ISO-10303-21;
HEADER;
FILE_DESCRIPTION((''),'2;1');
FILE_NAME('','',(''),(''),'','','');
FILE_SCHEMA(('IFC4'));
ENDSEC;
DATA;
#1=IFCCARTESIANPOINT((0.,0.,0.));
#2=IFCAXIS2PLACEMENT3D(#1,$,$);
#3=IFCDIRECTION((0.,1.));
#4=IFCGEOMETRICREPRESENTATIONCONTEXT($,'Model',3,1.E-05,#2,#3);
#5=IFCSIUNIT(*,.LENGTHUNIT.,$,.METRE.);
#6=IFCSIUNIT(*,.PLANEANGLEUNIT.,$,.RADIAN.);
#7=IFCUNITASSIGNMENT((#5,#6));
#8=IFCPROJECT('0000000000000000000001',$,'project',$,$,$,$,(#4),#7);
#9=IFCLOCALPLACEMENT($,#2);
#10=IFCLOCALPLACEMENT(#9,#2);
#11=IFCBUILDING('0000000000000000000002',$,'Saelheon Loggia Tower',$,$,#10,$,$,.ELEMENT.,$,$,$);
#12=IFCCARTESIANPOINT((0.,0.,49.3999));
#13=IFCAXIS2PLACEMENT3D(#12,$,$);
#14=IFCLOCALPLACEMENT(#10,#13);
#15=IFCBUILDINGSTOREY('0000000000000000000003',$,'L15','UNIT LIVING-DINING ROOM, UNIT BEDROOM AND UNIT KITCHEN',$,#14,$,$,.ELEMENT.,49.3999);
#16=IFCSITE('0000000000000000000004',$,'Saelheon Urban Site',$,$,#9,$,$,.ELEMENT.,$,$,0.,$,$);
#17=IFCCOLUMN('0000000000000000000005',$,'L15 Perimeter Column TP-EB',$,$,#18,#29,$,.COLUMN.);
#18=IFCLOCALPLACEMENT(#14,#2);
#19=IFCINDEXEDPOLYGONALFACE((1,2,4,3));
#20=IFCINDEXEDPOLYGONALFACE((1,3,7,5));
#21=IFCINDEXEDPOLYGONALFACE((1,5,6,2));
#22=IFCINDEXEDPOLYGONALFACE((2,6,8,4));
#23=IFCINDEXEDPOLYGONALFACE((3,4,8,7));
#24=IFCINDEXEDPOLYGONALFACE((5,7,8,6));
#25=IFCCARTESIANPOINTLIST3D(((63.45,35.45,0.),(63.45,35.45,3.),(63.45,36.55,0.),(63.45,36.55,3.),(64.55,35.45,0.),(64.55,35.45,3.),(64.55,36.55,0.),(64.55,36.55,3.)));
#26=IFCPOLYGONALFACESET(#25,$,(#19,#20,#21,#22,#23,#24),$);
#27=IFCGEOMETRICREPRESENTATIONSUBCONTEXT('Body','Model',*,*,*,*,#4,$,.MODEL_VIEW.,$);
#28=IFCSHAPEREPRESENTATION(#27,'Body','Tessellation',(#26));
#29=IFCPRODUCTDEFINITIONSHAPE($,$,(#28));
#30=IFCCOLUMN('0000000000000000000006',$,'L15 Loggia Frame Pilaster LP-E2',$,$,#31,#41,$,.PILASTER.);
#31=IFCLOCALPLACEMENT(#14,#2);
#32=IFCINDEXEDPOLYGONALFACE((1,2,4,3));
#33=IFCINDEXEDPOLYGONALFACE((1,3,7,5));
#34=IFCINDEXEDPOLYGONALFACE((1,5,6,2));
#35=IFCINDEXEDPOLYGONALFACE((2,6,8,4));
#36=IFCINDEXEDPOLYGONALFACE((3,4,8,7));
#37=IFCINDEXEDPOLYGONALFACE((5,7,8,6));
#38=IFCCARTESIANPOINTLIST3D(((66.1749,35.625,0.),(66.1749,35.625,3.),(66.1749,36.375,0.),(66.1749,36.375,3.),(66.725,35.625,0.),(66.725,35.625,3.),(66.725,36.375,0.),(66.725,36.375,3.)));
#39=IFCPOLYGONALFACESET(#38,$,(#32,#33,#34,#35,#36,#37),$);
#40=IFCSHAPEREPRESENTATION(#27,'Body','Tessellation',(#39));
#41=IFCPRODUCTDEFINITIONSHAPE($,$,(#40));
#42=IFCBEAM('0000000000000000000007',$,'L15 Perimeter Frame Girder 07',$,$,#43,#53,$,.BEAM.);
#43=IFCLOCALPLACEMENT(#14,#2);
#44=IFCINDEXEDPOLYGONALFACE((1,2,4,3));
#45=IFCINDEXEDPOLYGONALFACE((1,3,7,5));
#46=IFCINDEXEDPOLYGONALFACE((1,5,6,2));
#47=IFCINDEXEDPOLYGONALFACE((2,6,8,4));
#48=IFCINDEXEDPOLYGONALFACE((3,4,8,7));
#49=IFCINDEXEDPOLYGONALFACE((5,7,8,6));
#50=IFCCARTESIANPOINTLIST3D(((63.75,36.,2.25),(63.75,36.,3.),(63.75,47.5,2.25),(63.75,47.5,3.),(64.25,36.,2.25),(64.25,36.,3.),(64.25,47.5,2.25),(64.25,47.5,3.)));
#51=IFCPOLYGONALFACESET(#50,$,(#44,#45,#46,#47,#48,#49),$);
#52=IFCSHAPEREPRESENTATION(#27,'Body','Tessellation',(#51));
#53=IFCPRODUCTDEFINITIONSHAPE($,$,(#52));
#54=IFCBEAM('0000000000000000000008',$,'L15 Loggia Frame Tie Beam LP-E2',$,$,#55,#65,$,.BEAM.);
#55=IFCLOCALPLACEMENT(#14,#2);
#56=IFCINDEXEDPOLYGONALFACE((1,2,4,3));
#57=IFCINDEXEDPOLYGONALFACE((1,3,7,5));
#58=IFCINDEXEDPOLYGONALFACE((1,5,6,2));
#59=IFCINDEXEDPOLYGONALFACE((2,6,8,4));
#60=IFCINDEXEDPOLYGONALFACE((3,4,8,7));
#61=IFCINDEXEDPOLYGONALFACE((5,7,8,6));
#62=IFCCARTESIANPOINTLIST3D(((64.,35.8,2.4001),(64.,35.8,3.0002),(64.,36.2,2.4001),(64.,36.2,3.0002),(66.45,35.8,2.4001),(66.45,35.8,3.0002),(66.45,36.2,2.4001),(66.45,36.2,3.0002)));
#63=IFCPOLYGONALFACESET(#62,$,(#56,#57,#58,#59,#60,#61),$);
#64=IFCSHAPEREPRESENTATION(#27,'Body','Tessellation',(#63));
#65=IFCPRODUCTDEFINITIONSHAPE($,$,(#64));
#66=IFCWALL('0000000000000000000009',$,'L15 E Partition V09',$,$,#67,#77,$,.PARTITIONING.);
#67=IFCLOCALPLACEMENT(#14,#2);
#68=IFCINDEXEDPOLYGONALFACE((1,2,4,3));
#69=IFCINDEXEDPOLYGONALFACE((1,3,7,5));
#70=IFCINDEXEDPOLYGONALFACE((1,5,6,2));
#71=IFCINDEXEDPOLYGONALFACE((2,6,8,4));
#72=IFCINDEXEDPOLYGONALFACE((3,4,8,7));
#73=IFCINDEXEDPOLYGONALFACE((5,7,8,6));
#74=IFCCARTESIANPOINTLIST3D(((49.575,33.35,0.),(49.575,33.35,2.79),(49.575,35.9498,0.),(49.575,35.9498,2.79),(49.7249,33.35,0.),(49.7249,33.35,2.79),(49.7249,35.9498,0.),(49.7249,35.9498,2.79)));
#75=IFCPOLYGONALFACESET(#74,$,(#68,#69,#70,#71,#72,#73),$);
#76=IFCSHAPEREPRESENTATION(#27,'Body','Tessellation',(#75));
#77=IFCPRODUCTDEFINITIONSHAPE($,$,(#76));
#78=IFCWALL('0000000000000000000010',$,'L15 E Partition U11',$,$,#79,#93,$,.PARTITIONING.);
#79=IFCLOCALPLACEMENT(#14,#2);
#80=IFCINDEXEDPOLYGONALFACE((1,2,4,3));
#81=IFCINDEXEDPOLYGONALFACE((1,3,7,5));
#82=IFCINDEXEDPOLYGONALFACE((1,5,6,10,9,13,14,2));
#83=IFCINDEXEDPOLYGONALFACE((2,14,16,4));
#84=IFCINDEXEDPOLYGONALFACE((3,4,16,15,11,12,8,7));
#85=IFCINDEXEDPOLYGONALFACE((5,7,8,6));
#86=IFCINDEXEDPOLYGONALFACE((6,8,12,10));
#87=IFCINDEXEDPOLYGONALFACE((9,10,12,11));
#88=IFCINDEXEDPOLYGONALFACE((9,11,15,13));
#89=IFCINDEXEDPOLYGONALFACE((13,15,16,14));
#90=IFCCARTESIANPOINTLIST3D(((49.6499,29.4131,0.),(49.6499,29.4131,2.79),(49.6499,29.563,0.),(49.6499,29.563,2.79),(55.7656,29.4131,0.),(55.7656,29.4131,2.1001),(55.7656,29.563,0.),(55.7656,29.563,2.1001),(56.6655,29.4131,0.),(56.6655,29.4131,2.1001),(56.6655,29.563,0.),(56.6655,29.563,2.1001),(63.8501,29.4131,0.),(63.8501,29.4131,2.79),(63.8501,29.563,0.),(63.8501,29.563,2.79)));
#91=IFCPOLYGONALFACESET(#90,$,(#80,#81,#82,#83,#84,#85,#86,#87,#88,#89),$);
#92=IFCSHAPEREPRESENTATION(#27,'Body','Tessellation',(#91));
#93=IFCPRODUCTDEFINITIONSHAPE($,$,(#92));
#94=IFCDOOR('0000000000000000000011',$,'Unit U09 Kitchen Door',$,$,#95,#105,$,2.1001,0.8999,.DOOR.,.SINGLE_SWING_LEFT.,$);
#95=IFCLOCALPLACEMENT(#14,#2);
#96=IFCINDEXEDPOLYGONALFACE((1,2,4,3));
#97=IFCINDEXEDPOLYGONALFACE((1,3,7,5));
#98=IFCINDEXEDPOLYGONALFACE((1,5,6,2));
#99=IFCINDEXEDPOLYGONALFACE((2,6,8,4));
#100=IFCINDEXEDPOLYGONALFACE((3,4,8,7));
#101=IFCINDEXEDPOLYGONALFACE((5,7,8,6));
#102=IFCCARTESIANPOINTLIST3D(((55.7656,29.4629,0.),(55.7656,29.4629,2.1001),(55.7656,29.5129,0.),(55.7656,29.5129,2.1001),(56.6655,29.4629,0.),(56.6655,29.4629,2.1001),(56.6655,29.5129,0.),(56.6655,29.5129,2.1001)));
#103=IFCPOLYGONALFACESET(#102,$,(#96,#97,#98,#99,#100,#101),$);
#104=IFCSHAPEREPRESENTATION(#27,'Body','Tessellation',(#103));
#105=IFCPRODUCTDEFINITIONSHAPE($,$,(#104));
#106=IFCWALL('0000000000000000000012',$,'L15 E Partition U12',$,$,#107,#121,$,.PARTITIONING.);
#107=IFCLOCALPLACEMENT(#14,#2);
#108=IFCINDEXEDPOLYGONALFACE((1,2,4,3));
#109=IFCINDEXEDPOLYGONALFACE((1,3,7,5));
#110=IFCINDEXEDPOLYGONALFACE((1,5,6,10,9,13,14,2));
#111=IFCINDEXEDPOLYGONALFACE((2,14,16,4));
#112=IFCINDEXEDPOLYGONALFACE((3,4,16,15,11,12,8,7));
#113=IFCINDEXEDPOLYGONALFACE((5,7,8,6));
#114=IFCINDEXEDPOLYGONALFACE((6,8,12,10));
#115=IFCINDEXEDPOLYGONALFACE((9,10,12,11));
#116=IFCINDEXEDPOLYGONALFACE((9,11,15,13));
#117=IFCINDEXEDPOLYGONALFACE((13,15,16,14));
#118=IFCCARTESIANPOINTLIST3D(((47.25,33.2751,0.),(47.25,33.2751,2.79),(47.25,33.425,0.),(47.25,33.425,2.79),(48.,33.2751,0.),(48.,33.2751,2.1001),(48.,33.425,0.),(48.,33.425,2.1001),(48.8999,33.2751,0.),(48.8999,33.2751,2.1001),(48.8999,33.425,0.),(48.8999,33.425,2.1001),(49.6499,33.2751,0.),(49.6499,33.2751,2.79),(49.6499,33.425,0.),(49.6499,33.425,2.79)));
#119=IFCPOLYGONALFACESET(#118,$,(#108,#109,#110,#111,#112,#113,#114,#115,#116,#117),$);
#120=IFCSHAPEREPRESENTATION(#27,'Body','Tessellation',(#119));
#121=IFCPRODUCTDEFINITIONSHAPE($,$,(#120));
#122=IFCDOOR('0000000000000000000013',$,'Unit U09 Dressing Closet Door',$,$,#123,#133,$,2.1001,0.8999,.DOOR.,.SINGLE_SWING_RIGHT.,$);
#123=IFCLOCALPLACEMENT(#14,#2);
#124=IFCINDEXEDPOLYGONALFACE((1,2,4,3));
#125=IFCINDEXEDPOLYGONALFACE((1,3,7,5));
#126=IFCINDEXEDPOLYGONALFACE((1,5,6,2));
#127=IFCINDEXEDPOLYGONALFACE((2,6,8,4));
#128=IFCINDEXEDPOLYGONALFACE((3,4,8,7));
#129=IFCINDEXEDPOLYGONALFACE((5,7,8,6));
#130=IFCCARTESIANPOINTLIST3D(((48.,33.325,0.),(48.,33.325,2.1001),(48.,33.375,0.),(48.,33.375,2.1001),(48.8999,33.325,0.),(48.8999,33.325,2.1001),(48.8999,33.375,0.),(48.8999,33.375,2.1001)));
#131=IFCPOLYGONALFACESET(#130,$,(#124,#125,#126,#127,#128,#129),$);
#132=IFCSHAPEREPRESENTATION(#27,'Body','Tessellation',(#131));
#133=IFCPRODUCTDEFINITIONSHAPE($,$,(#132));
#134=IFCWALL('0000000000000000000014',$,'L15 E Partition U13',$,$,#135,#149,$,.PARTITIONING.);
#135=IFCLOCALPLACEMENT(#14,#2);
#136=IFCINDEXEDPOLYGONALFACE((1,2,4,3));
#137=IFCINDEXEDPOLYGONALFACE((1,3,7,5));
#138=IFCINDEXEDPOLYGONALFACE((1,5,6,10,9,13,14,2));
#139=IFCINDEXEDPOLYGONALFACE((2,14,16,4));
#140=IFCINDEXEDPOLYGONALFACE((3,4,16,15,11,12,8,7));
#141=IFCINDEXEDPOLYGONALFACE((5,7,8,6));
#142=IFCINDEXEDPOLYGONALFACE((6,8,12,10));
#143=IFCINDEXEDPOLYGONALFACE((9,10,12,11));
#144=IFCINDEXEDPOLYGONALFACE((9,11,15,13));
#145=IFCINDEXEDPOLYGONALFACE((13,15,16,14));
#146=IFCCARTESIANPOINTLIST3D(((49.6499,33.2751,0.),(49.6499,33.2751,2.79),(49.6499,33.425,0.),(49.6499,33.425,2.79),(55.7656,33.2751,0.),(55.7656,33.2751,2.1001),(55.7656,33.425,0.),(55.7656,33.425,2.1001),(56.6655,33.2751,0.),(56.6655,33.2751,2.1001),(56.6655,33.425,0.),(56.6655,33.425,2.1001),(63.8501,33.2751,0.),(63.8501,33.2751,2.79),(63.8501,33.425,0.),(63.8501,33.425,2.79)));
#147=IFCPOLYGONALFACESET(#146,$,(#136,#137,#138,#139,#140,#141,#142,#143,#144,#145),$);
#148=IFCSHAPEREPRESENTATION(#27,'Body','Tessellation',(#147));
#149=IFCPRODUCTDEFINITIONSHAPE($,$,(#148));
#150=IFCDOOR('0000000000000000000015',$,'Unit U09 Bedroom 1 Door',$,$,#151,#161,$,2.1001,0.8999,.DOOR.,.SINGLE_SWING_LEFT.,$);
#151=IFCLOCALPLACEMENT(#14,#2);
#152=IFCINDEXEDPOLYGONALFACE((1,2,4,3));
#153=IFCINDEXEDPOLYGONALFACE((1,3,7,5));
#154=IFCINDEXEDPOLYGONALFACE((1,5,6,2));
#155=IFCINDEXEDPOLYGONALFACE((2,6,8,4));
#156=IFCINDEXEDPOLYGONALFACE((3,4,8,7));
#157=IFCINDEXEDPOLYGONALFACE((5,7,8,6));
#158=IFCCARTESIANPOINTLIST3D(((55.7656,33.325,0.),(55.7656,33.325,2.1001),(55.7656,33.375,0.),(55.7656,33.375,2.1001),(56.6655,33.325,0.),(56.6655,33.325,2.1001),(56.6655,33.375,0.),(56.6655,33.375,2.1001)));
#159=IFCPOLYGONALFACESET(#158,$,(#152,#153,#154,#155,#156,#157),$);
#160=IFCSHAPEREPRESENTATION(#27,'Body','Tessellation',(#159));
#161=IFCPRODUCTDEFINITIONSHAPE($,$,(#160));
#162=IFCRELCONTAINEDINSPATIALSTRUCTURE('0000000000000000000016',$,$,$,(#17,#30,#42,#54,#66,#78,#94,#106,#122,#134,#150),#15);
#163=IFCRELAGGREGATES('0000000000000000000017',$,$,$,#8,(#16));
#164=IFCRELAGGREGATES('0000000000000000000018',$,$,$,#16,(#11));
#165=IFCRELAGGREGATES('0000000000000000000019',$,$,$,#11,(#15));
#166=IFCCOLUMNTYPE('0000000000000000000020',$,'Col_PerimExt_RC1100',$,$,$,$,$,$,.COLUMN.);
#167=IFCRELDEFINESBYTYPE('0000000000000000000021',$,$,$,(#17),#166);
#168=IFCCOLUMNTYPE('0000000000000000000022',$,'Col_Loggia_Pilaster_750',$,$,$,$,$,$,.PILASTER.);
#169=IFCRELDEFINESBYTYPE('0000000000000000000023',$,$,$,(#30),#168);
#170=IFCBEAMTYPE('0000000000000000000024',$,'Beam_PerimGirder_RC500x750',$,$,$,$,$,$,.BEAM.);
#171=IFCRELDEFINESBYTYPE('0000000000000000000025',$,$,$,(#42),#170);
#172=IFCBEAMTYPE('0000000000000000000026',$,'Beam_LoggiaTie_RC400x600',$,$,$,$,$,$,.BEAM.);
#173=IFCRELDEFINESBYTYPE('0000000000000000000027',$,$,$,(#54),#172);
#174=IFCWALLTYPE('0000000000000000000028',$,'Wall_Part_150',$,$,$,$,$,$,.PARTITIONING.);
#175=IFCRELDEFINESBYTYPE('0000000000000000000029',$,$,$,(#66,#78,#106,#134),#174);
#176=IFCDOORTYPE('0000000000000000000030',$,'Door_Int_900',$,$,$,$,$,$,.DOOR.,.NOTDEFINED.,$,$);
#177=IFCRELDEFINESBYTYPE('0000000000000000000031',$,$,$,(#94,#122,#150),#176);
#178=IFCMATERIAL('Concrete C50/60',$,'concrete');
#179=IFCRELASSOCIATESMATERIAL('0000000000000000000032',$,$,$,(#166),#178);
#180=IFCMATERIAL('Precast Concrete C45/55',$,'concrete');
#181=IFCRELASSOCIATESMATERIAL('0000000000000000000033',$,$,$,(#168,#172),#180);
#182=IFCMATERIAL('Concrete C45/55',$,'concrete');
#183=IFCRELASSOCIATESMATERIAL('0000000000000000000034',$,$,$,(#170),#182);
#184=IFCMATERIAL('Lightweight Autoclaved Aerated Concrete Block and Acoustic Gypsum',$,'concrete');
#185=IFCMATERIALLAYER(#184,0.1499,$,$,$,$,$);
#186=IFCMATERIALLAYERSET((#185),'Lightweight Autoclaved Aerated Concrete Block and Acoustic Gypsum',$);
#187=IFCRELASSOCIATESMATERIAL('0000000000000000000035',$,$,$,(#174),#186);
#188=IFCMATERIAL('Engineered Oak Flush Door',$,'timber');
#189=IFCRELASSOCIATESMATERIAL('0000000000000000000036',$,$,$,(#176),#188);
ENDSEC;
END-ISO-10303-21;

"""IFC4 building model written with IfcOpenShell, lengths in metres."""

from ifc_helpers import new_model, si_unit, direction, frame, frame_2d, origin, origin_2d, place, context, subcontext, project, spatial, rectangle, extrude, source, transform, mapped, material, layer, layer_set, material_profile, profile_set, type_object, element, fill, save


model = new_model("IFC4")

# Units and contexts
model_context = context("Model", 3, precision=1e-05, world=origin(), true_north=direction((0.0, 1.0)))
body_context = subcontext(model_context, "Body", "Model", "MODEL_VIEW")
ifc_project = project(units=[si_unit("LENGTHUNIT", "METRE"), si_unit("PLANEANGLEUNIT", "RADIAN")], contexts=[model_context])

# Site, building, storey
site_placement = place(None, origin())
site = spatial("IfcSite", under=ifc_project, at=site_placement, Name="Saelheon Urban Site", CompositionType="ELEMENT", RefElevation=0.0)
building_placement = place(site_placement, origin())
building = spatial("IfcBuilding", under=site, at=building_placement, Name="Saelheon Loggia Tower", CompositionType="ELEMENT")
storey_placement = place(building_placement, frame((0.0, 0.0, 49.3999)))
storey = spatial("IfcBuildingStorey", under=building, at=storey_placement, Name="L15", Description="UNIT LIVING-DINING ROOM, UNIT BEDROOM AND UNIT KITCHEN", CompositionType="ELEMENT", Elevation=49.3999)

# Columns
ifc_material_1 = material(Name="Concrete C50/60", Category="concrete")
ifc_material_profile_1 = material_profile(ifc_material_1, rectangle(XDim=1.1001, YDim=1.1001, at=origin_2d()), Name="RC-1100x1100")
ifc_profile_set_1 = profile_set([ifc_material_profile_1], Name="Concrete C50/60")
column_type_1 = type_object("IfcColumnType", Name="Col_PerimExt_RC1100", PredefinedType="COLUMN", material=ifc_profile_set_1)
shared_shape_1 = source(origin(), body_context, "Body", "SweptSolid", [
    extrude(rectangle(XDim=1.1001, YDim=1.1001, at=origin_2d()), origin(), (0.0, 0.0, 1.0), 3.0),
])
column_1_placement = place(storey_placement, frame((64.0, 36.0, 0.0), z_axis=(0.0, 0.0, 1.0), x_axis=(1.0, 0.0, 0.0)))
element("IfcColumn", 1, at=column_1_placement, inside=storey, type_object=column_type_1, Name="L15 Perimeter Column TP-EB", PredefinedType="COLUMN", context=body_context, shape_type="MappedRepresentation", body=[
    mapped(shared_shape_1, transform((0.0, 0.0, 0.0), scale=1.0)),
])
ifc_material_2 = material(Name="Precast Concrete C45/55", Category="concrete")
ifc_material_profile_2 = material_profile(ifc_material_2, rectangle(XDim=0.55, YDim=0.75, at=origin_2d()), Name="RC-550x750")
ifc_profile_set_2 = profile_set([ifc_material_profile_2], Name="Precast Concrete C45/55")
column_type_2 = type_object("IfcColumnType", Name="Col_Loggia_Pilaster_750", PredefinedType="PILASTER", material=ifc_profile_set_2)
shared_shape_2 = source(origin(), body_context, "Body", "SweptSolid", [
    extrude(rectangle(XDim=0.55, YDim=0.75, at=origin_2d()), origin(), (0.0, 0.0, 1.0), 3.0),
])
column_2_placement = place(storey_placement, frame((66.45, 36.0, 0.0), z_axis=(0.0, 0.0, 1.0), x_axis=(1.0, 0.0, 0.0)))
element("IfcColumn", 2, at=column_2_placement, inside=storey, type_object=column_type_2, Name="L15 Loggia Frame Pilaster LP-E2", PredefinedType="PILASTER", context=body_context, shape_type="MappedRepresentation", body=[
    mapped(shared_shape_2, transform((0.0, 0.0, 0.0), scale=1.0)),
])

# Beams
ifc_material_3 = material(Name="Concrete C45/55", Category="concrete")
ifc_material_profile_3 = material_profile(ifc_material_3, rectangle(XDim=0.5, YDim=0.75, at=origin_2d()), Name="RC-500x750")
ifc_profile_set_3 = profile_set([ifc_material_profile_3], Name="Concrete C45/55")
beam_type_1 = type_object("IfcBeamType", Name="Beam_PerimGirder_RC500x750", PredefinedType="BEAM", material=ifc_profile_set_3)
shared_shape_3 = source(origin(), body_context, "Body", "SweptSolid", [
    extrude(rectangle(XDim=0.5, YDim=0.75, at=origin_2d()), origin(), (0.0, 0.0, 1.0), 11.5),
])
beam_1_placement = place(storey_placement, frame((64.0, 36.0, 2.625), z_axis=(0.0, 1.0, 0.0), x_axis=(-1.0, 0.0, 0.0)))
element("IfcBeam", 3, at=beam_1_placement, inside=storey, type_object=beam_type_1, Name="L15 Perimeter Frame Girder 07", PredefinedType="BEAM", context=body_context, shape_type="MappedRepresentation", body=[
    mapped(shared_shape_3, transform((0.0, 0.0, 0.0), scale=1.0)),
])
ifc_material_profile_4 = material_profile(ifc_material_2, rectangle(XDim=0.3999, YDim=0.6001, at=origin_2d()), Name="RC-400x600")
ifc_profile_set_4 = profile_set([ifc_material_profile_4], Name="Precast Concrete C45/55")
beam_type_2 = type_object("IfcBeamType", Name="Beam_LoggiaTie_RC400x600", PredefinedType="BEAM", material=ifc_profile_set_4)
shared_shape_4 = source(origin(), body_context, "Body", "SweptSolid", [
    extrude(rectangle(XDim=0.3999, YDim=0.6001, at=origin_2d()), origin(), (0.0, 0.0, 1.0), 2.45),
])
beam_2_placement = place(storey_placement, frame((64.0, 36.0, 2.7002), z_axis=(1.0, 0.0, 0.0), x_axis=(0.0, 1.0, 0.0)))
element("IfcBeam", 4, at=beam_2_placement, inside=storey, type_object=beam_type_2, Name="L15 Loggia Frame Tie Beam LP-E2", PredefinedType="BEAM", context=body_context, shape_type="MappedRepresentation", body=[
    mapped(shared_shape_4, transform((0.0, 0.0, 0.0), scale=1.0)),
])

# Wall
ifc_material_4 = material(Name="Lightweight Autoclaved Aerated Concrete Block and Acoustic Gypsum", Category="concrete")
ifc_layer_1 = layer(ifc_material_4, 0.1499)
ifc_layer_set_1 = layer_set([ifc_layer_1], Name="Lightweight Autoclaved Aerated Concrete Block and Acoustic Gypsum")
wall_type_1 = type_object("IfcWallType", Name="Wall_Part_150", PredefinedType="PARTITIONING", material=ifc_layer_set_1)
wall_1_placement = place(storey_placement, frame((49.6499, 33.3501, 0.0), z_axis=(0.0, 0.0, 1.0), x_axis=(0.0, 1.0, 0.0)))
element("IfcWall", 5, at=wall_1_placement, inside=storey, type_object=wall_type_1, Name="L15 E Partition V09", PredefinedType="PARTITIONING", context=body_context, shape_type="SweptSolid", body=[
    extrude(rectangle(XDim=2.5999, YDim=0.1499, at=frame_2d((1.2998, 0.0))), origin(), (0.0, 0.0, 1.0), 2.79),
])

# Walls, openings, doors
wall_2_placement = place(storey_placement, frame((49.6499, 29.488, 0.0), z_axis=(0.0, 0.0, 1.0), x_axis=(1.0, 0.0, 0.0)))
wall_2 = element("IfcWall", 6, at=wall_2_placement, inside=storey, type_object=wall_type_1, Name="L15 E Partition U11", PredefinedType="PARTITIONING", context=body_context, shape_type="SweptSolid", body=[
    extrude(rectangle(XDim=14.2002, YDim=0.1499, at=frame_2d((7.1001, 0.0))), origin(), (0.0, 0.0, 1.0), 2.79),
])
opening_1_placement = place(wall_2_placement, frame((6.1157, 0.0, 0.0)))
opening_1 = element("IfcOpeningElement", 7, at=opening_1_placement, cuts=wall_2, PredefinedType="OPENING", context=body_context, shape_type="SweptSolid", body=[
    extrude(rectangle(XDim=0.8999, YDim=2.1001, at=frame_2d((0.45, 1.05))), frame((0.0, 0.0869, 0.0), z_axis=(0.0, -1.0, 0.0), x_axis=(1.0, 0.0, 0.0)), (0.0, 0.0, 1.0), 0.1738),
])
ifc_material_5 = material(Name="Engineered Oak Flush Door", Category="timber")
door_type_1 = type_object("IfcDoorType", Name="Door_Int_900", OperationType="NOTDEFINED", PredefinedType="DOOR", material=ifc_material_5)
shared_shape_5 = source(origin(), body_context, "Body", "SweptSolid", [
    extrude(rectangle(XDim=0.8999, YDim=2.1001, at=frame_2d((0.45, 1.05))), frame((0.0, 0.0249, 0.0), z_axis=(0.0, -1.0, 0.0), x_axis=(1.0, 0.0, 0.0)), (0.0, 0.0, 1.0), 0.05),
])
door_1_placement = place(opening_1_placement, origin())
door_1 = element("IfcDoor", 8, at=door_1_placement, inside=storey, type_object=door_type_1, Name="Unit U09 Kitchen Door", OperationType="SINGLE_SWING_LEFT", OverallHeight=2.1001, OverallWidth=0.8999, PredefinedType="DOOR", context=body_context, shape_type="MappedRepresentation", body=[
    mapped(shared_shape_5, transform((0.0, 0.0, 0.0), scale=1.0)),
])
fill(opening_1, door_1)
wall_3_placement = place(storey_placement, frame((47.25, 33.3501, 0.0), z_axis=(0.0, 0.0, 1.0), x_axis=(1.0, 0.0, 0.0)))
wall_3 = element("IfcWall", 9, at=wall_3_placement, inside=storey, type_object=wall_type_1, Name="L15 E Partition U12", PredefinedType="PARTITIONING", context=body_context, shape_type="SweptSolid", body=[
    extrude(rectangle(XDim=2.3999, YDim=0.1499, at=frame_2d((1.2, 0.0))), origin(), (0.0, 0.0, 1.0), 2.79),
])
opening_2_placement = place(wall_3_placement, frame((0.75, 0.0, 0.0)))
opening_2 = element("IfcOpeningElement", 10, at=opening_2_placement, cuts=wall_3, PredefinedType="OPENING", context=body_context, shape_type="SweptSolid", body=[
    extrude(rectangle(XDim=0.8999, YDim=2.1001, at=frame_2d((0.45, 1.05))), frame((0.0, 0.0869, 0.0), z_axis=(0.0, -1.0, 0.0), x_axis=(1.0, 0.0, 0.0)), (0.0, 0.0, 1.0), 0.1738),
])
door_2_placement = place(opening_2_placement, origin())
door_2 = element("IfcDoor", 11, at=door_2_placement, inside=storey, type_object=door_type_1, Name="Unit U09 Dressing Closet Door", OperationType="SINGLE_SWING_RIGHT", OverallHeight=2.1001, OverallWidth=0.8999, PredefinedType="DOOR", context=body_context, shape_type="MappedRepresentation", body=[
    mapped(shared_shape_5, transform((0.0, 0.0, 0.0), scale=1.0)),
])
fill(opening_2, door_2)
wall_4_placement = place(storey_placement, frame((49.6499, 33.3501, 0.0), z_axis=(0.0, 0.0, 1.0), x_axis=(1.0, 0.0, 0.0)))
wall_4 = element("IfcWall", 12, at=wall_4_placement, inside=storey, type_object=wall_type_1, Name="L15 E Partition U13", PredefinedType="PARTITIONING", context=body_context, shape_type="SweptSolid", body=[
    extrude(rectangle(XDim=14.2002, YDim=0.1499, at=frame_2d((7.1001, 0.0))), origin(), (0.0, 0.0, 1.0), 2.79),
])
opening_3_placement = place(wall_4_placement, frame((6.1157, 0.0, 0.0)))
opening_3 = element("IfcOpeningElement", 13, at=opening_3_placement, cuts=wall_4, PredefinedType="OPENING", context=body_context, shape_type="SweptSolid", body=[
    extrude(rectangle(XDim=0.8999, YDim=2.1001, at=frame_2d((0.45, 1.05))), frame((0.0, 0.0869, 0.0), z_axis=(0.0, -1.0, 0.0), x_axis=(1.0, 0.0, 0.0)), (0.0, 0.0, 1.0), 0.1738),
])
door_3_placement = place(opening_3_placement, origin())
door_3 = element("IfcDoor", 14, at=door_3_placement, inside=storey, type_object=door_type_1, Name="Unit U09 Bedroom 1 Door", OperationType="SINGLE_SWING_LEFT", OverallHeight=2.1001, OverallWidth=0.8999, PredefinedType="DOOR", context=body_context, shape_type="MappedRepresentation", body=[
    mapped(shared_shape_5, transform((0.0, 0.0, 0.0), scale=1.0)),
])
fill(opening_3, door_3)

save(model, "model.ifc")
